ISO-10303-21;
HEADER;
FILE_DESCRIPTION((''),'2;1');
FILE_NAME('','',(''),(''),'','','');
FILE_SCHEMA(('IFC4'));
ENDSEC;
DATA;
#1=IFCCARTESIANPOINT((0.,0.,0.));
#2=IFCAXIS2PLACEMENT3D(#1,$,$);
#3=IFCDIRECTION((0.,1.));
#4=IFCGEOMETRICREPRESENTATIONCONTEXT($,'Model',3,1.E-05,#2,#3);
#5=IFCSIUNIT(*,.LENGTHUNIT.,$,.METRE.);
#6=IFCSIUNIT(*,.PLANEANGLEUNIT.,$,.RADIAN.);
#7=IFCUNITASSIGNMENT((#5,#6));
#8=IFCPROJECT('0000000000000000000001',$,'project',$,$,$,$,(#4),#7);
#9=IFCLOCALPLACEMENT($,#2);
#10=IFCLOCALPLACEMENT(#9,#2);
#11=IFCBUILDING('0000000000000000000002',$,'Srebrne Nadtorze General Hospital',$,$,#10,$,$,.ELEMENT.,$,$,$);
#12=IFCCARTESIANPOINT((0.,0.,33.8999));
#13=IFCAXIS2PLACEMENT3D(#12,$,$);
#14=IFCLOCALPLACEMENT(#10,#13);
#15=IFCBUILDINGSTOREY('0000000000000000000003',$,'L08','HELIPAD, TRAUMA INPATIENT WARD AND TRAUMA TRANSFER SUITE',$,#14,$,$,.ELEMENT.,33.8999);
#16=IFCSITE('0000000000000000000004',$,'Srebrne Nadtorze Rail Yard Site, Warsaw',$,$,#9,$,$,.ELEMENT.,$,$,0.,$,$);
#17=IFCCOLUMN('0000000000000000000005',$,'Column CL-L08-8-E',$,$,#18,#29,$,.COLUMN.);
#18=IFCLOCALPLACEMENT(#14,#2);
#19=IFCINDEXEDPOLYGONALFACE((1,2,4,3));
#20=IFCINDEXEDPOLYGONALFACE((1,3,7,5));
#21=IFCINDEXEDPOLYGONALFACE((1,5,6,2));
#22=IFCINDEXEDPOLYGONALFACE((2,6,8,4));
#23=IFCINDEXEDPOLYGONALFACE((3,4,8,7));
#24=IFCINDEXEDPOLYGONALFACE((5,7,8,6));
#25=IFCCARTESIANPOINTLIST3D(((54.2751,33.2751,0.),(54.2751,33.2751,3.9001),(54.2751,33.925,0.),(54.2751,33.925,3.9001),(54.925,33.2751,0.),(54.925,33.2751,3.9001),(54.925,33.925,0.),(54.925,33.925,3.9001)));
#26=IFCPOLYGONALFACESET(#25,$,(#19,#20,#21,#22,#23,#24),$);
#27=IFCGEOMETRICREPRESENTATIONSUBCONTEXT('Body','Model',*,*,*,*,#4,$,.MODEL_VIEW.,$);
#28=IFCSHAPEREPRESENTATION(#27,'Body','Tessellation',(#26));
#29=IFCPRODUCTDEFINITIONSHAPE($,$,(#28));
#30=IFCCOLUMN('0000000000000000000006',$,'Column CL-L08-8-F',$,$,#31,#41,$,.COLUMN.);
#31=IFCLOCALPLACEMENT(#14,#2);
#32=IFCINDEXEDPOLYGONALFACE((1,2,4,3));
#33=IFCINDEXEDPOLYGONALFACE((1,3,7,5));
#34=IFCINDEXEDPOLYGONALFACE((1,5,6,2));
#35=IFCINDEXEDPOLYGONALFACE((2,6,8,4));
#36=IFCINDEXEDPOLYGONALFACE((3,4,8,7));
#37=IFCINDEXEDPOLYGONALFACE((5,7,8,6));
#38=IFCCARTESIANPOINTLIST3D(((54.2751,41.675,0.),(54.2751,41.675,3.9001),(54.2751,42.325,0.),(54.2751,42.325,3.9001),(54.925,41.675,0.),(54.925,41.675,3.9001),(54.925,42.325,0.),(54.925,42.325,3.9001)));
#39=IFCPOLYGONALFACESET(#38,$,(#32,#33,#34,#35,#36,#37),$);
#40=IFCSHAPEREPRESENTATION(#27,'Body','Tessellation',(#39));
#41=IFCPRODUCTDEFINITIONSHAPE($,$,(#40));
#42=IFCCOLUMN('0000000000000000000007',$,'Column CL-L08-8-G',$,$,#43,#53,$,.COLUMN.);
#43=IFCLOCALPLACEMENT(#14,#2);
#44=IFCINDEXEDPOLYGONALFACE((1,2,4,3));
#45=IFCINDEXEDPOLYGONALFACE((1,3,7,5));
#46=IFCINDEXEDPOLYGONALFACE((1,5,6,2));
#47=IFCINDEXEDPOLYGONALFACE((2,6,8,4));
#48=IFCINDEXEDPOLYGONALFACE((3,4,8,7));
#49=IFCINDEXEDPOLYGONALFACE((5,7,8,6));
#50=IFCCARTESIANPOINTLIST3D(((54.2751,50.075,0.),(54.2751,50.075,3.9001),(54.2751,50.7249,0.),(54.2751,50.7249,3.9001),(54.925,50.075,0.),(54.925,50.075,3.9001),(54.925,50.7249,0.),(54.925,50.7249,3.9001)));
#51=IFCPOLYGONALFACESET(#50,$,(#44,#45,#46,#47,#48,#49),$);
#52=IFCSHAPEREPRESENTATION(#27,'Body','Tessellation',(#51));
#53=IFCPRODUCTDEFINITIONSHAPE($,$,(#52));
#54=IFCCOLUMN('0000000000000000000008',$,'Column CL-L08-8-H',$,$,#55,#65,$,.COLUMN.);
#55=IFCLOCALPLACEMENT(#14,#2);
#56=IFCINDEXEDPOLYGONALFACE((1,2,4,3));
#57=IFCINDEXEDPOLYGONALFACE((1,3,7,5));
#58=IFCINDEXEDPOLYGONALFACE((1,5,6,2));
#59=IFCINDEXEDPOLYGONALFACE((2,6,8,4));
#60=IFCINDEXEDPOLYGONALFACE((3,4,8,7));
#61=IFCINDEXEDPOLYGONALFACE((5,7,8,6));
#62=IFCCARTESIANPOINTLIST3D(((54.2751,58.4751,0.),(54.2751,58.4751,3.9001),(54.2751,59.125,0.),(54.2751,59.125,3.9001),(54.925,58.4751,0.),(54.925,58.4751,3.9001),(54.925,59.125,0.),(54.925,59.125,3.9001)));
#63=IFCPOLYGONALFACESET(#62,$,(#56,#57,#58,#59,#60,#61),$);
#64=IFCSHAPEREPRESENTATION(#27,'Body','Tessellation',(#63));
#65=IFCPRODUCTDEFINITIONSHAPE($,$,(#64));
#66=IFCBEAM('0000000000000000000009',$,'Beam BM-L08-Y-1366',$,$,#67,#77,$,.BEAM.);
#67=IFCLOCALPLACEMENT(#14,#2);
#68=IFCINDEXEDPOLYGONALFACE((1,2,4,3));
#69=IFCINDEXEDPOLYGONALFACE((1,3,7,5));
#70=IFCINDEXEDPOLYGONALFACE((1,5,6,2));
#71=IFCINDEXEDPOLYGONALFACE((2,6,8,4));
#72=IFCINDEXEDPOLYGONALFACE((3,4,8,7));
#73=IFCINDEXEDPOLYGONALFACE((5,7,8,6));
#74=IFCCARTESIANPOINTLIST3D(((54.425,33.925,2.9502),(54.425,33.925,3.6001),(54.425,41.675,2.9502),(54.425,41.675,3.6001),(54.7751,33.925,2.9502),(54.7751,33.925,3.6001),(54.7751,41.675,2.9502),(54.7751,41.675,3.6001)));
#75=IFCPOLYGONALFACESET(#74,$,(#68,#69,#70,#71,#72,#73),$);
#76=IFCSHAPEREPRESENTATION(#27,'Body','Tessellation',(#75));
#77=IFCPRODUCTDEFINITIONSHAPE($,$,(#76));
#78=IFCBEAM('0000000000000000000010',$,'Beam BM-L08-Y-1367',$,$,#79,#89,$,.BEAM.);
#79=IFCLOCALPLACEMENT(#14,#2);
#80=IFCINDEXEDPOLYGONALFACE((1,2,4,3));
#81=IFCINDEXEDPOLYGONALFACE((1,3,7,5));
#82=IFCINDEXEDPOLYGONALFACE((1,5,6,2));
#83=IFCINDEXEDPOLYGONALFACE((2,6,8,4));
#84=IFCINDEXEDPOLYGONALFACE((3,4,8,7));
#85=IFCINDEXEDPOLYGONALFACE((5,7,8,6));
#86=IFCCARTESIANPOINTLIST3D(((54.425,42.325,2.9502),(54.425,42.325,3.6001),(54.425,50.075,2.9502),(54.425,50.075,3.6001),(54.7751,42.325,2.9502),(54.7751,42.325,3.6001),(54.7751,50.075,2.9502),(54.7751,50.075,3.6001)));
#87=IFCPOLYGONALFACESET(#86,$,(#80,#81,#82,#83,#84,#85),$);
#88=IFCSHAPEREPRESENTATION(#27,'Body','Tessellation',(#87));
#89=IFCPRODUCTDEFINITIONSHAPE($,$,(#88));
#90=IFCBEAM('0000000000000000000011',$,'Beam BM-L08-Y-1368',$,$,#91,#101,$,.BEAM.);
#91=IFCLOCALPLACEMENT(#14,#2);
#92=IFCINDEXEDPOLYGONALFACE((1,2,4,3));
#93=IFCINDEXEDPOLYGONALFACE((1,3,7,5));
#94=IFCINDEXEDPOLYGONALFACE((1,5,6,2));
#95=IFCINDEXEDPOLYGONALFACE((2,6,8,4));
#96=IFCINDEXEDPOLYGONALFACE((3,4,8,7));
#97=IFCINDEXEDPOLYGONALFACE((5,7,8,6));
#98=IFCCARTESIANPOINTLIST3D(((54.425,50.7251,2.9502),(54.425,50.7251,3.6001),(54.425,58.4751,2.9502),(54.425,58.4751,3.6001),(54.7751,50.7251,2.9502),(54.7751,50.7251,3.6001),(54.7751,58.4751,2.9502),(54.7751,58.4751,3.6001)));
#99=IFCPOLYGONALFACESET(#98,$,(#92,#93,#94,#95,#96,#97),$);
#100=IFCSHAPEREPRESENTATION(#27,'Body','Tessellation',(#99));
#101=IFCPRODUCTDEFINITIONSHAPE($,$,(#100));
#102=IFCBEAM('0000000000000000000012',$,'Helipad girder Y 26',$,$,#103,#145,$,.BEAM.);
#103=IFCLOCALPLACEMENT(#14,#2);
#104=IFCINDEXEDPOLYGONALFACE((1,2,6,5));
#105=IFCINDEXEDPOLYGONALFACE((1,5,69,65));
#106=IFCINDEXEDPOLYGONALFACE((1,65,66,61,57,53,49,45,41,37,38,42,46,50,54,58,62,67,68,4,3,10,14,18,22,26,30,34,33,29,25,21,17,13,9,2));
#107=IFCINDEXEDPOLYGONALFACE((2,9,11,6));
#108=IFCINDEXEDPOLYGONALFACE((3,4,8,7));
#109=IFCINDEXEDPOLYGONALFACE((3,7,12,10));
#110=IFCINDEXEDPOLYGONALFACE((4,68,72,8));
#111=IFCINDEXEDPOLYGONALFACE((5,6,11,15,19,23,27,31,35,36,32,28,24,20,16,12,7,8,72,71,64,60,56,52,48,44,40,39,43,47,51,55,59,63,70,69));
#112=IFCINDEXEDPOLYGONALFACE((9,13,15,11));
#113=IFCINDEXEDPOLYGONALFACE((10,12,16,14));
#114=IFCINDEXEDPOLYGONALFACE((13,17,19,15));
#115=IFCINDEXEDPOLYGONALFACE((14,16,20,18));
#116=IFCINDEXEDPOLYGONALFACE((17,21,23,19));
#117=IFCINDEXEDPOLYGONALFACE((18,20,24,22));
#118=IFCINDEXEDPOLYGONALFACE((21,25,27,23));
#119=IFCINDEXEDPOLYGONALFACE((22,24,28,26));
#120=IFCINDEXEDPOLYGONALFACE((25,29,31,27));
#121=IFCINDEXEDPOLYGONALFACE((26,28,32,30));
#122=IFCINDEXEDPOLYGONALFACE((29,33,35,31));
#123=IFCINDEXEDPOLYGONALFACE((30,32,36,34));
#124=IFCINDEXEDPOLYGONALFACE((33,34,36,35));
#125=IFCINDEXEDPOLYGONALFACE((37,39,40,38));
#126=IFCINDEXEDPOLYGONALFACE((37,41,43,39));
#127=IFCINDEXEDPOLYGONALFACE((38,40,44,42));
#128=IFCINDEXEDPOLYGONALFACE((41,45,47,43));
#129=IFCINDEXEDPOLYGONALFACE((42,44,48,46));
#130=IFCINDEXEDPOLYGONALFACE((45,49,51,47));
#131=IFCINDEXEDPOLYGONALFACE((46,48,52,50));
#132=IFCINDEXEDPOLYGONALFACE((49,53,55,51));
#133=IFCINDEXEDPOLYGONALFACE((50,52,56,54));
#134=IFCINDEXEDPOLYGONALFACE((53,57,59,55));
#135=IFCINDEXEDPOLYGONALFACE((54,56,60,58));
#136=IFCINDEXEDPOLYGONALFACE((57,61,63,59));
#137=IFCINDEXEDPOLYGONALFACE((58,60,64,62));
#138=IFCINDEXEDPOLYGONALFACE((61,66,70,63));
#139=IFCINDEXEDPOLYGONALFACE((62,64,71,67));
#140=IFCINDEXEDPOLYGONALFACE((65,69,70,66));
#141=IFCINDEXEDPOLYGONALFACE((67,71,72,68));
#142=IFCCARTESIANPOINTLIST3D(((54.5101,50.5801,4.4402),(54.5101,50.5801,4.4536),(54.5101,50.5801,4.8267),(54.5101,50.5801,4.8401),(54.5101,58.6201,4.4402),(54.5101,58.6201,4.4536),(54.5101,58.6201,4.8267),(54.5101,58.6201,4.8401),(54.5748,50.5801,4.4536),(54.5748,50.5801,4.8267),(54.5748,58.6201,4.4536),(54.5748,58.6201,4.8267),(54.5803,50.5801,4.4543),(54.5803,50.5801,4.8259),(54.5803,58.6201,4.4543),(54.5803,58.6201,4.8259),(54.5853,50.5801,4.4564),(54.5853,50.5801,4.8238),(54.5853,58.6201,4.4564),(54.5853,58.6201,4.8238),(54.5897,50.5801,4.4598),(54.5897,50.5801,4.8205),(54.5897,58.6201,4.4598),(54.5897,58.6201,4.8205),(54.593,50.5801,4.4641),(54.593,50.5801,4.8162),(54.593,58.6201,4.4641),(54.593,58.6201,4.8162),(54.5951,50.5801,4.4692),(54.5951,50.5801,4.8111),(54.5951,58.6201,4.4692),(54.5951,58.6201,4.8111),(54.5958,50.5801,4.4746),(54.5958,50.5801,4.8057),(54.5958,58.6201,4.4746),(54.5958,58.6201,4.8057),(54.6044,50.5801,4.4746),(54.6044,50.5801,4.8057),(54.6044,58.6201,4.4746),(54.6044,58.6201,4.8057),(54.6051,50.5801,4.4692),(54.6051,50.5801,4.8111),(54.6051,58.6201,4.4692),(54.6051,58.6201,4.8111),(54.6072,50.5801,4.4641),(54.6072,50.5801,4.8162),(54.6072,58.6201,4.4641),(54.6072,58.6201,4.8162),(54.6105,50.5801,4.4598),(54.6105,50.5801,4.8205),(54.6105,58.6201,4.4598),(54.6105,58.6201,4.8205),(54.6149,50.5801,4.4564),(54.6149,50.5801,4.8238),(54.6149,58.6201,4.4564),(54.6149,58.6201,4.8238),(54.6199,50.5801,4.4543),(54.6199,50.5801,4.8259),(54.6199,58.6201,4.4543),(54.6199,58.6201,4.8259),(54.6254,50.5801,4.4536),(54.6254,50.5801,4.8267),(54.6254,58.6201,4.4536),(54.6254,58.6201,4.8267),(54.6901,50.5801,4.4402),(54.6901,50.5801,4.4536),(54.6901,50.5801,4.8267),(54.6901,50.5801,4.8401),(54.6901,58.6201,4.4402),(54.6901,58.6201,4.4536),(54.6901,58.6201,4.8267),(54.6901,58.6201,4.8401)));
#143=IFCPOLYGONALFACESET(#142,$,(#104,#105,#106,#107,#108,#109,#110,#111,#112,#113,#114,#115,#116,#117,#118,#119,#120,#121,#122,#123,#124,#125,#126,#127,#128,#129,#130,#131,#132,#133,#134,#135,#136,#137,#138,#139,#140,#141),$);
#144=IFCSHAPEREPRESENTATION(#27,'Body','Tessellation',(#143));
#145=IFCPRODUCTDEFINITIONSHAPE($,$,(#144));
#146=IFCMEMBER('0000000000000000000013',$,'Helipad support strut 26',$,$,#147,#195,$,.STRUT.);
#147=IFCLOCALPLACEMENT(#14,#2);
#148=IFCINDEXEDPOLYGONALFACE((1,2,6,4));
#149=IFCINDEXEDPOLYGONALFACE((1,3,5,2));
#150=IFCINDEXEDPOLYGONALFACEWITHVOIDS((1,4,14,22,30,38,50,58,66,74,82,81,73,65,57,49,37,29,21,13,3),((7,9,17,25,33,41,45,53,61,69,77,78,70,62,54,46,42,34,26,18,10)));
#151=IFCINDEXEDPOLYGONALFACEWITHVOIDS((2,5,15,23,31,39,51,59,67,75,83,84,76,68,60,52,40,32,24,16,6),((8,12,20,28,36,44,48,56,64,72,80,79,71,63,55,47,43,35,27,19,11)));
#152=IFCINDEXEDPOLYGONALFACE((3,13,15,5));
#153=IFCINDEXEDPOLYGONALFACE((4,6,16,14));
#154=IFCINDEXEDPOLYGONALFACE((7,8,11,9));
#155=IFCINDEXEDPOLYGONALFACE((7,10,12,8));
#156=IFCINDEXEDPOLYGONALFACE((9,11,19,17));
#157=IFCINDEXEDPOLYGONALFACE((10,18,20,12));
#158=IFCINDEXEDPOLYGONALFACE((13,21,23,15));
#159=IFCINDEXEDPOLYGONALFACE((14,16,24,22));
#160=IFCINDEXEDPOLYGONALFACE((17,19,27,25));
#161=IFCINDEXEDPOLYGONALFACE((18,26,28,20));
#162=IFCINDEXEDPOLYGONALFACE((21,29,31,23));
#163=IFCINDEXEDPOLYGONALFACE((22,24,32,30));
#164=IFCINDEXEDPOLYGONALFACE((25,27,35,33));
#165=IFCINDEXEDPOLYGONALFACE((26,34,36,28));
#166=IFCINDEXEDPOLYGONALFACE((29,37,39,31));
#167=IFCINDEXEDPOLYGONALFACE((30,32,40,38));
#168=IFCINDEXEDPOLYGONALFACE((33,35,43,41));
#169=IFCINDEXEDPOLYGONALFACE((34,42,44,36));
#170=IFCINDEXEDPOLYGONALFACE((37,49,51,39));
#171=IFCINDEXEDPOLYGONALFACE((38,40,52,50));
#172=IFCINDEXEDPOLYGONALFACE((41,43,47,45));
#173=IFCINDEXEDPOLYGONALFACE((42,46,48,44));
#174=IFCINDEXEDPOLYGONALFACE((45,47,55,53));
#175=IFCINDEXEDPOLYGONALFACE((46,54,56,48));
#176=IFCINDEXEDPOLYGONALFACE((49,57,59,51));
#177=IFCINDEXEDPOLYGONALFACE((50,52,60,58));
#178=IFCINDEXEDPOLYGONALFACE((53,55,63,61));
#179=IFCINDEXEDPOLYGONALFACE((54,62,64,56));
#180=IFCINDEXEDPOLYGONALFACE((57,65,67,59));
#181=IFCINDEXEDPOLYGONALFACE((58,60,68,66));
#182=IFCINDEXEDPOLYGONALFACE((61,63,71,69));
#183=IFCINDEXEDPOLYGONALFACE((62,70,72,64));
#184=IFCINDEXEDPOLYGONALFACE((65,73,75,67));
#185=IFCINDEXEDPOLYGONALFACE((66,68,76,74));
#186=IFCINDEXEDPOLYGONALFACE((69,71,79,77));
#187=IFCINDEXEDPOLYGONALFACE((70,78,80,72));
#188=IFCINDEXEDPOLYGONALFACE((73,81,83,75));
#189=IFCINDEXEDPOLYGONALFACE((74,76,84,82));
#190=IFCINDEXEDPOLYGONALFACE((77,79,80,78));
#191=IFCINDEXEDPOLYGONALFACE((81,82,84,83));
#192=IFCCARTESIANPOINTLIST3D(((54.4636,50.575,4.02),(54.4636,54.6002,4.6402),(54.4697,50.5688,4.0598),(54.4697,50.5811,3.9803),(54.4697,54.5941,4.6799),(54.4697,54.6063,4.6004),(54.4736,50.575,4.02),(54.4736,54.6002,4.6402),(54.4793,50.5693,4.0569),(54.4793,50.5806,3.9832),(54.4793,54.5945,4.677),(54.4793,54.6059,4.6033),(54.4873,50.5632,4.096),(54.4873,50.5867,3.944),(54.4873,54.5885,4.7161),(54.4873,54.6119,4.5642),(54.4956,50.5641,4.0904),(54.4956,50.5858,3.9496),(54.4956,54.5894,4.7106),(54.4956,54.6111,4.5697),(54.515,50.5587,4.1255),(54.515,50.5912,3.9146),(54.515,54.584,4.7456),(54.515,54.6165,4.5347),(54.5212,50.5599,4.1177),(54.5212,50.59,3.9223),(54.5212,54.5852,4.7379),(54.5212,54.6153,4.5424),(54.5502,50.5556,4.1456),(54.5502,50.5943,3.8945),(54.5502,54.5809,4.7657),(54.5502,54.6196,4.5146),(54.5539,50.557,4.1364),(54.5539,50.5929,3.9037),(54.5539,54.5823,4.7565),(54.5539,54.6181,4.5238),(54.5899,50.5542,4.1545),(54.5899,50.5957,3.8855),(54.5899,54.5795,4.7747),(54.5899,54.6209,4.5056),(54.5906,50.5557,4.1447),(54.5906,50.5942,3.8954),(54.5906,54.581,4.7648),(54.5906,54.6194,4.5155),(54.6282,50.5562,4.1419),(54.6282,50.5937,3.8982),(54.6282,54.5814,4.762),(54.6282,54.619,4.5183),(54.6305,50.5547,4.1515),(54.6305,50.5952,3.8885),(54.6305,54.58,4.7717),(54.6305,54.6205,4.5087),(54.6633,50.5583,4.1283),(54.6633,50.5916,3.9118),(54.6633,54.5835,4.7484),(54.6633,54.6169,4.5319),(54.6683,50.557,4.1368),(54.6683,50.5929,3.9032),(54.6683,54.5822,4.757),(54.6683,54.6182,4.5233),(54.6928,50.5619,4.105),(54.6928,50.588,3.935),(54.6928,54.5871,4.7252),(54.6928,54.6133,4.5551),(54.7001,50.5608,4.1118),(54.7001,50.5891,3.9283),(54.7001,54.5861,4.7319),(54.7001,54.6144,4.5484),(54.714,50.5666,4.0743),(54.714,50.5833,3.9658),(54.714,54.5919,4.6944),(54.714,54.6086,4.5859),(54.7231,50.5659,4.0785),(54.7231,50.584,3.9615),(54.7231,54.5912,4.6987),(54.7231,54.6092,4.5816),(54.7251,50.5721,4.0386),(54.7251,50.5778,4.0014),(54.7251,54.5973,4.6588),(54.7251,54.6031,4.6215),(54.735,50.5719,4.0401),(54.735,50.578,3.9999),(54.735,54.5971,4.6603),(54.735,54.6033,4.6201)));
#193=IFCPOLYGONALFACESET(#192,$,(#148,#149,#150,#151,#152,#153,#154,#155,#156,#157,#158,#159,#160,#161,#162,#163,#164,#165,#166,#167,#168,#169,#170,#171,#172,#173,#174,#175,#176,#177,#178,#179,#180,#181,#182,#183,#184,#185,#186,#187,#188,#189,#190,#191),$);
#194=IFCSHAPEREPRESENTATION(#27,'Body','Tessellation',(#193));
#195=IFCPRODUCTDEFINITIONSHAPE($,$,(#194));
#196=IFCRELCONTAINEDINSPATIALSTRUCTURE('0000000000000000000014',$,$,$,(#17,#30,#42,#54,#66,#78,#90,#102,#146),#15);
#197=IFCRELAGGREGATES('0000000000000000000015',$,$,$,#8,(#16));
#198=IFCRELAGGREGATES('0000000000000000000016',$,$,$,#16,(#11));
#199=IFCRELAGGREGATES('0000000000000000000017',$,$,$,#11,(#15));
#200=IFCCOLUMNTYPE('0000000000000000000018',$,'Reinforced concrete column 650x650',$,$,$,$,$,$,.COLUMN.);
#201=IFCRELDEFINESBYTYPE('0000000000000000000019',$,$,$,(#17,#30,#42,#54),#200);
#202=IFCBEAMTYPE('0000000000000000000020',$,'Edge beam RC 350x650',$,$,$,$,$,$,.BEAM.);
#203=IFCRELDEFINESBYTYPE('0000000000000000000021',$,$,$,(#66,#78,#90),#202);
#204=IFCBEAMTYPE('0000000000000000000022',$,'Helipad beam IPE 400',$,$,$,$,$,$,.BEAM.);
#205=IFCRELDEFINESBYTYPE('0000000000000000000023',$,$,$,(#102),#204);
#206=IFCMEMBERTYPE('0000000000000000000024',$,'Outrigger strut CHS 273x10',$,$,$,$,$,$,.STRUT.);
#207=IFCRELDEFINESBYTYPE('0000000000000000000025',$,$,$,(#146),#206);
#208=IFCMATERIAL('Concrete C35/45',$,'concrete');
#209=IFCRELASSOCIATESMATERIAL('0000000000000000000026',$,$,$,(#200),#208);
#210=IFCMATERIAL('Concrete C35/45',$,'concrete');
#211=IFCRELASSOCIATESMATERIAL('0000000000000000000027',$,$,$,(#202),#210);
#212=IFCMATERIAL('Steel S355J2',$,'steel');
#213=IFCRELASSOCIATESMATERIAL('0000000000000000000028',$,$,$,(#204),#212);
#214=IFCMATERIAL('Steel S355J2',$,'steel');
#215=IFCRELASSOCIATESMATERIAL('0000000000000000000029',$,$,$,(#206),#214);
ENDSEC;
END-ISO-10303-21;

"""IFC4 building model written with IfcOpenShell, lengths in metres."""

from ifc_helpers import new_model, si_unit, direction, frame, origin, origin_2d, place, context, subcontext, project, spatial, rectangle, hollow_circle, i_section, extrude, material, material_profile, profile_set, type_object, element, save


model = new_model("IFC4")

# Units and contexts
model_context = context("Model", 3, precision=1e-05, world=origin(), true_north=direction((0.0, 1.0)))
body_context = subcontext(model_context, "Body", "Model", "MODEL_VIEW")
ifc_project = project(units=[si_unit("LENGTHUNIT", "METRE"), si_unit("PLANEANGLEUNIT", "RADIAN")], contexts=[model_context])

# Site, building, storey
site_placement = place(None, origin())
site = spatial("IfcSite", under=ifc_project, at=site_placement, Name="Srebrne Nadtorze Rail Yard Site, Warsaw", CompositionType="ELEMENT", RefElevation=0.0)
building_placement = place(site_placement, origin())
building = spatial("IfcBuilding", under=site, at=building_placement, Name="Srebrne Nadtorze General Hospital", CompositionType="ELEMENT")
storey_placement = place(building_placement, frame((0.0, 0.0, 33.8999)))
storey = spatial("IfcBuildingStorey", under=building, at=storey_placement, Name="L08", Description="HELIPAD, TRAUMA INPATIENT WARD AND TRAUMA TRANSFER SUITE", CompositionType="ELEMENT", Elevation=33.8999)

# Columns
ifc_material_1 = material(Name="Concrete C35/45", Category="concrete")
ifc_material_profile_1 = material_profile(ifc_material_1, rectangle(XDim=0.6499, YDim=0.6499, at=origin_2d()), Name="RC-COL-650x650")
ifc_profile_set_1 = profile_set([ifc_material_profile_1], Name="Concrete C35/45")
column_type = type_object("IfcColumnType", Name="Reinforced concrete column 650x650", PredefinedType="COLUMN", material=ifc_profile_set_1)
for number, where, z_axis, x_axis, name in (
    (1, (54.6001, 33.6001, 0.0), (0.0, 0.0, 1.0), (1.0, 0.0, 0.0), "Column CL-L08-8-E"),
    (2, (54.6001, 42.0, 0.0), (0.0, 0.0, 1.0), (1.0, 0.0, 0.0), "Column CL-L08-8-F"),
    (3, (54.6001, 50.3999, 0.0), (0.0, 0.0, 1.0), (1.0, 0.0, 0.0), "Column CL-L08-8-G"),
    (4, (54.6001, 58.8, 0.0), (0.0, 0.0, 1.0), (1.0, 0.0, 0.0), "Column CL-L08-8-H"),
):
    element("IfcColumn", number, at=place(storey_placement, frame(where, z_axis=z_axis, x_axis=x_axis)), inside=storey, type_object=column_type, Name=name, PredefinedType="COLUMN", context=body_context, shape_type="SweptSolid", body=[
        extrude(rectangle(XDim=0.6499, YDim=0.6499, at=origin_2d()), origin(), (0.0, 0.0, 1.0), 3.9001),
    ])

# Beams
ifc_material_2 = material(Name="Concrete C35/45", Category="concrete")
ifc_material_profile_2 = material_profile(ifc_material_2, rectangle(XDim=0.3501, YDim=0.6499, at=origin_2d()), Name="RC-BM-350x650")
ifc_profile_set_2 = profile_set([ifc_material_profile_2], Name="Concrete C35/45")
beam_type_1 = type_object("IfcBeamType", Name="Edge beam RC 350x650", PredefinedType="BEAM", material=ifc_profile_set_2)
for number, where, z_axis, x_axis, name in (
    (5, (54.6001, 33.925, 3.2751), (0.0, 1.0, 0.0), (-1.0, 0.0, 0.0), "Beam BM-L08-Y-1366"),
    (6, (54.6001, 42.325, 3.2751), (0.0, 1.0, 0.0), (-1.0, 0.0, 0.0), "Beam BM-L08-Y-1367"),
    (7, (54.6001, 50.7251, 3.2751), (0.0, 1.0, 0.0), (-1.0, 0.0, 0.0), "Beam BM-L08-Y-1368"),
):
    element("IfcBeam", number, at=place(storey_placement, frame(where, z_axis=z_axis, x_axis=x_axis)), inside=storey, type_object=beam_type_1, Name=name, PredefinedType="BEAM", context=body_context, shape_type="SweptSolid", body=[
        extrude(rectangle(XDim=0.3501, YDim=0.6499, at=origin_2d()), origin(), (0.0, 0.0, 1.0), 7.75),
    ])
ifc_material_3 = material(Name="Steel S355J2", Category="steel")
ifc_material_profile_3 = material_profile(ifc_material_3, i_section(OverallWidth=0.1799, OverallDepth=0.3999, WebThickness=0.0085, FlangeThickness=0.0134, FilletRadius=0.021, at=origin_2d()), Name="IPE-400")
ifc_profile_set_3 = profile_set([ifc_material_profile_3], Name="Steel S355J2")
beam_type_2 = type_object("IfcBeamType", Name="Helipad beam IPE 400", PredefinedType="BEAM", material=ifc_profile_set_3)
beam_placement = place(storey_placement, frame((54.6001, 50.5801, 4.6401), z_axis=(0.0, 1.0, 0.0), x_axis=(-1.0, 0.0, 0.0)))
element("IfcBeam", 8, at=beam_placement, inside=storey, type_object=beam_type_2, Name="Helipad girder Y 26", PredefinedType="BEAM", context=body_context, shape_type="SweptSolid", body=[
    extrude(i_section(OverallWidth=0.1799, OverallDepth=0.3999, WebThickness=0.0085, FlangeThickness=0.0134, FilletRadius=0.021, at=origin_2d()), origin(), (0.0, 0.0, 1.0), 8.04),
])

# Member
ifc_material_4 = material(Name="Steel S355J2", Category="steel")
ifc_material_profile_4 = material_profile(ifc_material_4, hollow_circle(Radius=0.1365, WallThickness=0.01, at=origin_2d()), Name="CHS-273x10")
ifc_profile_set_4 = profile_set([ifc_material_profile_4], Name="Steel S355J2")
member_type = type_object("IfcMemberType", Name="Outrigger strut CHS 273x10", PredefinedType="STRUT", material=ifc_profile_set_4)
member_placement = place(storey_placement, frame((54.6001, 50.575, 4.02), z_axis=(0.0, 0.98834, 0.152264), x_axis=(-1.0, 0.0, 0.0)))
element("IfcMember", 9, at=member_placement, inside=storey, type_object=member_type, Name="Helipad support strut 26", PredefinedType="STRUT", context=body_context, shape_type="SweptSolid", body=[
    extrude(hollow_circle(Radius=0.1365, WallThickness=0.01, at=origin_2d()), origin(), (0.0, 0.0, 1.0), 4.0728),
])

save(model, "model.ifc")
